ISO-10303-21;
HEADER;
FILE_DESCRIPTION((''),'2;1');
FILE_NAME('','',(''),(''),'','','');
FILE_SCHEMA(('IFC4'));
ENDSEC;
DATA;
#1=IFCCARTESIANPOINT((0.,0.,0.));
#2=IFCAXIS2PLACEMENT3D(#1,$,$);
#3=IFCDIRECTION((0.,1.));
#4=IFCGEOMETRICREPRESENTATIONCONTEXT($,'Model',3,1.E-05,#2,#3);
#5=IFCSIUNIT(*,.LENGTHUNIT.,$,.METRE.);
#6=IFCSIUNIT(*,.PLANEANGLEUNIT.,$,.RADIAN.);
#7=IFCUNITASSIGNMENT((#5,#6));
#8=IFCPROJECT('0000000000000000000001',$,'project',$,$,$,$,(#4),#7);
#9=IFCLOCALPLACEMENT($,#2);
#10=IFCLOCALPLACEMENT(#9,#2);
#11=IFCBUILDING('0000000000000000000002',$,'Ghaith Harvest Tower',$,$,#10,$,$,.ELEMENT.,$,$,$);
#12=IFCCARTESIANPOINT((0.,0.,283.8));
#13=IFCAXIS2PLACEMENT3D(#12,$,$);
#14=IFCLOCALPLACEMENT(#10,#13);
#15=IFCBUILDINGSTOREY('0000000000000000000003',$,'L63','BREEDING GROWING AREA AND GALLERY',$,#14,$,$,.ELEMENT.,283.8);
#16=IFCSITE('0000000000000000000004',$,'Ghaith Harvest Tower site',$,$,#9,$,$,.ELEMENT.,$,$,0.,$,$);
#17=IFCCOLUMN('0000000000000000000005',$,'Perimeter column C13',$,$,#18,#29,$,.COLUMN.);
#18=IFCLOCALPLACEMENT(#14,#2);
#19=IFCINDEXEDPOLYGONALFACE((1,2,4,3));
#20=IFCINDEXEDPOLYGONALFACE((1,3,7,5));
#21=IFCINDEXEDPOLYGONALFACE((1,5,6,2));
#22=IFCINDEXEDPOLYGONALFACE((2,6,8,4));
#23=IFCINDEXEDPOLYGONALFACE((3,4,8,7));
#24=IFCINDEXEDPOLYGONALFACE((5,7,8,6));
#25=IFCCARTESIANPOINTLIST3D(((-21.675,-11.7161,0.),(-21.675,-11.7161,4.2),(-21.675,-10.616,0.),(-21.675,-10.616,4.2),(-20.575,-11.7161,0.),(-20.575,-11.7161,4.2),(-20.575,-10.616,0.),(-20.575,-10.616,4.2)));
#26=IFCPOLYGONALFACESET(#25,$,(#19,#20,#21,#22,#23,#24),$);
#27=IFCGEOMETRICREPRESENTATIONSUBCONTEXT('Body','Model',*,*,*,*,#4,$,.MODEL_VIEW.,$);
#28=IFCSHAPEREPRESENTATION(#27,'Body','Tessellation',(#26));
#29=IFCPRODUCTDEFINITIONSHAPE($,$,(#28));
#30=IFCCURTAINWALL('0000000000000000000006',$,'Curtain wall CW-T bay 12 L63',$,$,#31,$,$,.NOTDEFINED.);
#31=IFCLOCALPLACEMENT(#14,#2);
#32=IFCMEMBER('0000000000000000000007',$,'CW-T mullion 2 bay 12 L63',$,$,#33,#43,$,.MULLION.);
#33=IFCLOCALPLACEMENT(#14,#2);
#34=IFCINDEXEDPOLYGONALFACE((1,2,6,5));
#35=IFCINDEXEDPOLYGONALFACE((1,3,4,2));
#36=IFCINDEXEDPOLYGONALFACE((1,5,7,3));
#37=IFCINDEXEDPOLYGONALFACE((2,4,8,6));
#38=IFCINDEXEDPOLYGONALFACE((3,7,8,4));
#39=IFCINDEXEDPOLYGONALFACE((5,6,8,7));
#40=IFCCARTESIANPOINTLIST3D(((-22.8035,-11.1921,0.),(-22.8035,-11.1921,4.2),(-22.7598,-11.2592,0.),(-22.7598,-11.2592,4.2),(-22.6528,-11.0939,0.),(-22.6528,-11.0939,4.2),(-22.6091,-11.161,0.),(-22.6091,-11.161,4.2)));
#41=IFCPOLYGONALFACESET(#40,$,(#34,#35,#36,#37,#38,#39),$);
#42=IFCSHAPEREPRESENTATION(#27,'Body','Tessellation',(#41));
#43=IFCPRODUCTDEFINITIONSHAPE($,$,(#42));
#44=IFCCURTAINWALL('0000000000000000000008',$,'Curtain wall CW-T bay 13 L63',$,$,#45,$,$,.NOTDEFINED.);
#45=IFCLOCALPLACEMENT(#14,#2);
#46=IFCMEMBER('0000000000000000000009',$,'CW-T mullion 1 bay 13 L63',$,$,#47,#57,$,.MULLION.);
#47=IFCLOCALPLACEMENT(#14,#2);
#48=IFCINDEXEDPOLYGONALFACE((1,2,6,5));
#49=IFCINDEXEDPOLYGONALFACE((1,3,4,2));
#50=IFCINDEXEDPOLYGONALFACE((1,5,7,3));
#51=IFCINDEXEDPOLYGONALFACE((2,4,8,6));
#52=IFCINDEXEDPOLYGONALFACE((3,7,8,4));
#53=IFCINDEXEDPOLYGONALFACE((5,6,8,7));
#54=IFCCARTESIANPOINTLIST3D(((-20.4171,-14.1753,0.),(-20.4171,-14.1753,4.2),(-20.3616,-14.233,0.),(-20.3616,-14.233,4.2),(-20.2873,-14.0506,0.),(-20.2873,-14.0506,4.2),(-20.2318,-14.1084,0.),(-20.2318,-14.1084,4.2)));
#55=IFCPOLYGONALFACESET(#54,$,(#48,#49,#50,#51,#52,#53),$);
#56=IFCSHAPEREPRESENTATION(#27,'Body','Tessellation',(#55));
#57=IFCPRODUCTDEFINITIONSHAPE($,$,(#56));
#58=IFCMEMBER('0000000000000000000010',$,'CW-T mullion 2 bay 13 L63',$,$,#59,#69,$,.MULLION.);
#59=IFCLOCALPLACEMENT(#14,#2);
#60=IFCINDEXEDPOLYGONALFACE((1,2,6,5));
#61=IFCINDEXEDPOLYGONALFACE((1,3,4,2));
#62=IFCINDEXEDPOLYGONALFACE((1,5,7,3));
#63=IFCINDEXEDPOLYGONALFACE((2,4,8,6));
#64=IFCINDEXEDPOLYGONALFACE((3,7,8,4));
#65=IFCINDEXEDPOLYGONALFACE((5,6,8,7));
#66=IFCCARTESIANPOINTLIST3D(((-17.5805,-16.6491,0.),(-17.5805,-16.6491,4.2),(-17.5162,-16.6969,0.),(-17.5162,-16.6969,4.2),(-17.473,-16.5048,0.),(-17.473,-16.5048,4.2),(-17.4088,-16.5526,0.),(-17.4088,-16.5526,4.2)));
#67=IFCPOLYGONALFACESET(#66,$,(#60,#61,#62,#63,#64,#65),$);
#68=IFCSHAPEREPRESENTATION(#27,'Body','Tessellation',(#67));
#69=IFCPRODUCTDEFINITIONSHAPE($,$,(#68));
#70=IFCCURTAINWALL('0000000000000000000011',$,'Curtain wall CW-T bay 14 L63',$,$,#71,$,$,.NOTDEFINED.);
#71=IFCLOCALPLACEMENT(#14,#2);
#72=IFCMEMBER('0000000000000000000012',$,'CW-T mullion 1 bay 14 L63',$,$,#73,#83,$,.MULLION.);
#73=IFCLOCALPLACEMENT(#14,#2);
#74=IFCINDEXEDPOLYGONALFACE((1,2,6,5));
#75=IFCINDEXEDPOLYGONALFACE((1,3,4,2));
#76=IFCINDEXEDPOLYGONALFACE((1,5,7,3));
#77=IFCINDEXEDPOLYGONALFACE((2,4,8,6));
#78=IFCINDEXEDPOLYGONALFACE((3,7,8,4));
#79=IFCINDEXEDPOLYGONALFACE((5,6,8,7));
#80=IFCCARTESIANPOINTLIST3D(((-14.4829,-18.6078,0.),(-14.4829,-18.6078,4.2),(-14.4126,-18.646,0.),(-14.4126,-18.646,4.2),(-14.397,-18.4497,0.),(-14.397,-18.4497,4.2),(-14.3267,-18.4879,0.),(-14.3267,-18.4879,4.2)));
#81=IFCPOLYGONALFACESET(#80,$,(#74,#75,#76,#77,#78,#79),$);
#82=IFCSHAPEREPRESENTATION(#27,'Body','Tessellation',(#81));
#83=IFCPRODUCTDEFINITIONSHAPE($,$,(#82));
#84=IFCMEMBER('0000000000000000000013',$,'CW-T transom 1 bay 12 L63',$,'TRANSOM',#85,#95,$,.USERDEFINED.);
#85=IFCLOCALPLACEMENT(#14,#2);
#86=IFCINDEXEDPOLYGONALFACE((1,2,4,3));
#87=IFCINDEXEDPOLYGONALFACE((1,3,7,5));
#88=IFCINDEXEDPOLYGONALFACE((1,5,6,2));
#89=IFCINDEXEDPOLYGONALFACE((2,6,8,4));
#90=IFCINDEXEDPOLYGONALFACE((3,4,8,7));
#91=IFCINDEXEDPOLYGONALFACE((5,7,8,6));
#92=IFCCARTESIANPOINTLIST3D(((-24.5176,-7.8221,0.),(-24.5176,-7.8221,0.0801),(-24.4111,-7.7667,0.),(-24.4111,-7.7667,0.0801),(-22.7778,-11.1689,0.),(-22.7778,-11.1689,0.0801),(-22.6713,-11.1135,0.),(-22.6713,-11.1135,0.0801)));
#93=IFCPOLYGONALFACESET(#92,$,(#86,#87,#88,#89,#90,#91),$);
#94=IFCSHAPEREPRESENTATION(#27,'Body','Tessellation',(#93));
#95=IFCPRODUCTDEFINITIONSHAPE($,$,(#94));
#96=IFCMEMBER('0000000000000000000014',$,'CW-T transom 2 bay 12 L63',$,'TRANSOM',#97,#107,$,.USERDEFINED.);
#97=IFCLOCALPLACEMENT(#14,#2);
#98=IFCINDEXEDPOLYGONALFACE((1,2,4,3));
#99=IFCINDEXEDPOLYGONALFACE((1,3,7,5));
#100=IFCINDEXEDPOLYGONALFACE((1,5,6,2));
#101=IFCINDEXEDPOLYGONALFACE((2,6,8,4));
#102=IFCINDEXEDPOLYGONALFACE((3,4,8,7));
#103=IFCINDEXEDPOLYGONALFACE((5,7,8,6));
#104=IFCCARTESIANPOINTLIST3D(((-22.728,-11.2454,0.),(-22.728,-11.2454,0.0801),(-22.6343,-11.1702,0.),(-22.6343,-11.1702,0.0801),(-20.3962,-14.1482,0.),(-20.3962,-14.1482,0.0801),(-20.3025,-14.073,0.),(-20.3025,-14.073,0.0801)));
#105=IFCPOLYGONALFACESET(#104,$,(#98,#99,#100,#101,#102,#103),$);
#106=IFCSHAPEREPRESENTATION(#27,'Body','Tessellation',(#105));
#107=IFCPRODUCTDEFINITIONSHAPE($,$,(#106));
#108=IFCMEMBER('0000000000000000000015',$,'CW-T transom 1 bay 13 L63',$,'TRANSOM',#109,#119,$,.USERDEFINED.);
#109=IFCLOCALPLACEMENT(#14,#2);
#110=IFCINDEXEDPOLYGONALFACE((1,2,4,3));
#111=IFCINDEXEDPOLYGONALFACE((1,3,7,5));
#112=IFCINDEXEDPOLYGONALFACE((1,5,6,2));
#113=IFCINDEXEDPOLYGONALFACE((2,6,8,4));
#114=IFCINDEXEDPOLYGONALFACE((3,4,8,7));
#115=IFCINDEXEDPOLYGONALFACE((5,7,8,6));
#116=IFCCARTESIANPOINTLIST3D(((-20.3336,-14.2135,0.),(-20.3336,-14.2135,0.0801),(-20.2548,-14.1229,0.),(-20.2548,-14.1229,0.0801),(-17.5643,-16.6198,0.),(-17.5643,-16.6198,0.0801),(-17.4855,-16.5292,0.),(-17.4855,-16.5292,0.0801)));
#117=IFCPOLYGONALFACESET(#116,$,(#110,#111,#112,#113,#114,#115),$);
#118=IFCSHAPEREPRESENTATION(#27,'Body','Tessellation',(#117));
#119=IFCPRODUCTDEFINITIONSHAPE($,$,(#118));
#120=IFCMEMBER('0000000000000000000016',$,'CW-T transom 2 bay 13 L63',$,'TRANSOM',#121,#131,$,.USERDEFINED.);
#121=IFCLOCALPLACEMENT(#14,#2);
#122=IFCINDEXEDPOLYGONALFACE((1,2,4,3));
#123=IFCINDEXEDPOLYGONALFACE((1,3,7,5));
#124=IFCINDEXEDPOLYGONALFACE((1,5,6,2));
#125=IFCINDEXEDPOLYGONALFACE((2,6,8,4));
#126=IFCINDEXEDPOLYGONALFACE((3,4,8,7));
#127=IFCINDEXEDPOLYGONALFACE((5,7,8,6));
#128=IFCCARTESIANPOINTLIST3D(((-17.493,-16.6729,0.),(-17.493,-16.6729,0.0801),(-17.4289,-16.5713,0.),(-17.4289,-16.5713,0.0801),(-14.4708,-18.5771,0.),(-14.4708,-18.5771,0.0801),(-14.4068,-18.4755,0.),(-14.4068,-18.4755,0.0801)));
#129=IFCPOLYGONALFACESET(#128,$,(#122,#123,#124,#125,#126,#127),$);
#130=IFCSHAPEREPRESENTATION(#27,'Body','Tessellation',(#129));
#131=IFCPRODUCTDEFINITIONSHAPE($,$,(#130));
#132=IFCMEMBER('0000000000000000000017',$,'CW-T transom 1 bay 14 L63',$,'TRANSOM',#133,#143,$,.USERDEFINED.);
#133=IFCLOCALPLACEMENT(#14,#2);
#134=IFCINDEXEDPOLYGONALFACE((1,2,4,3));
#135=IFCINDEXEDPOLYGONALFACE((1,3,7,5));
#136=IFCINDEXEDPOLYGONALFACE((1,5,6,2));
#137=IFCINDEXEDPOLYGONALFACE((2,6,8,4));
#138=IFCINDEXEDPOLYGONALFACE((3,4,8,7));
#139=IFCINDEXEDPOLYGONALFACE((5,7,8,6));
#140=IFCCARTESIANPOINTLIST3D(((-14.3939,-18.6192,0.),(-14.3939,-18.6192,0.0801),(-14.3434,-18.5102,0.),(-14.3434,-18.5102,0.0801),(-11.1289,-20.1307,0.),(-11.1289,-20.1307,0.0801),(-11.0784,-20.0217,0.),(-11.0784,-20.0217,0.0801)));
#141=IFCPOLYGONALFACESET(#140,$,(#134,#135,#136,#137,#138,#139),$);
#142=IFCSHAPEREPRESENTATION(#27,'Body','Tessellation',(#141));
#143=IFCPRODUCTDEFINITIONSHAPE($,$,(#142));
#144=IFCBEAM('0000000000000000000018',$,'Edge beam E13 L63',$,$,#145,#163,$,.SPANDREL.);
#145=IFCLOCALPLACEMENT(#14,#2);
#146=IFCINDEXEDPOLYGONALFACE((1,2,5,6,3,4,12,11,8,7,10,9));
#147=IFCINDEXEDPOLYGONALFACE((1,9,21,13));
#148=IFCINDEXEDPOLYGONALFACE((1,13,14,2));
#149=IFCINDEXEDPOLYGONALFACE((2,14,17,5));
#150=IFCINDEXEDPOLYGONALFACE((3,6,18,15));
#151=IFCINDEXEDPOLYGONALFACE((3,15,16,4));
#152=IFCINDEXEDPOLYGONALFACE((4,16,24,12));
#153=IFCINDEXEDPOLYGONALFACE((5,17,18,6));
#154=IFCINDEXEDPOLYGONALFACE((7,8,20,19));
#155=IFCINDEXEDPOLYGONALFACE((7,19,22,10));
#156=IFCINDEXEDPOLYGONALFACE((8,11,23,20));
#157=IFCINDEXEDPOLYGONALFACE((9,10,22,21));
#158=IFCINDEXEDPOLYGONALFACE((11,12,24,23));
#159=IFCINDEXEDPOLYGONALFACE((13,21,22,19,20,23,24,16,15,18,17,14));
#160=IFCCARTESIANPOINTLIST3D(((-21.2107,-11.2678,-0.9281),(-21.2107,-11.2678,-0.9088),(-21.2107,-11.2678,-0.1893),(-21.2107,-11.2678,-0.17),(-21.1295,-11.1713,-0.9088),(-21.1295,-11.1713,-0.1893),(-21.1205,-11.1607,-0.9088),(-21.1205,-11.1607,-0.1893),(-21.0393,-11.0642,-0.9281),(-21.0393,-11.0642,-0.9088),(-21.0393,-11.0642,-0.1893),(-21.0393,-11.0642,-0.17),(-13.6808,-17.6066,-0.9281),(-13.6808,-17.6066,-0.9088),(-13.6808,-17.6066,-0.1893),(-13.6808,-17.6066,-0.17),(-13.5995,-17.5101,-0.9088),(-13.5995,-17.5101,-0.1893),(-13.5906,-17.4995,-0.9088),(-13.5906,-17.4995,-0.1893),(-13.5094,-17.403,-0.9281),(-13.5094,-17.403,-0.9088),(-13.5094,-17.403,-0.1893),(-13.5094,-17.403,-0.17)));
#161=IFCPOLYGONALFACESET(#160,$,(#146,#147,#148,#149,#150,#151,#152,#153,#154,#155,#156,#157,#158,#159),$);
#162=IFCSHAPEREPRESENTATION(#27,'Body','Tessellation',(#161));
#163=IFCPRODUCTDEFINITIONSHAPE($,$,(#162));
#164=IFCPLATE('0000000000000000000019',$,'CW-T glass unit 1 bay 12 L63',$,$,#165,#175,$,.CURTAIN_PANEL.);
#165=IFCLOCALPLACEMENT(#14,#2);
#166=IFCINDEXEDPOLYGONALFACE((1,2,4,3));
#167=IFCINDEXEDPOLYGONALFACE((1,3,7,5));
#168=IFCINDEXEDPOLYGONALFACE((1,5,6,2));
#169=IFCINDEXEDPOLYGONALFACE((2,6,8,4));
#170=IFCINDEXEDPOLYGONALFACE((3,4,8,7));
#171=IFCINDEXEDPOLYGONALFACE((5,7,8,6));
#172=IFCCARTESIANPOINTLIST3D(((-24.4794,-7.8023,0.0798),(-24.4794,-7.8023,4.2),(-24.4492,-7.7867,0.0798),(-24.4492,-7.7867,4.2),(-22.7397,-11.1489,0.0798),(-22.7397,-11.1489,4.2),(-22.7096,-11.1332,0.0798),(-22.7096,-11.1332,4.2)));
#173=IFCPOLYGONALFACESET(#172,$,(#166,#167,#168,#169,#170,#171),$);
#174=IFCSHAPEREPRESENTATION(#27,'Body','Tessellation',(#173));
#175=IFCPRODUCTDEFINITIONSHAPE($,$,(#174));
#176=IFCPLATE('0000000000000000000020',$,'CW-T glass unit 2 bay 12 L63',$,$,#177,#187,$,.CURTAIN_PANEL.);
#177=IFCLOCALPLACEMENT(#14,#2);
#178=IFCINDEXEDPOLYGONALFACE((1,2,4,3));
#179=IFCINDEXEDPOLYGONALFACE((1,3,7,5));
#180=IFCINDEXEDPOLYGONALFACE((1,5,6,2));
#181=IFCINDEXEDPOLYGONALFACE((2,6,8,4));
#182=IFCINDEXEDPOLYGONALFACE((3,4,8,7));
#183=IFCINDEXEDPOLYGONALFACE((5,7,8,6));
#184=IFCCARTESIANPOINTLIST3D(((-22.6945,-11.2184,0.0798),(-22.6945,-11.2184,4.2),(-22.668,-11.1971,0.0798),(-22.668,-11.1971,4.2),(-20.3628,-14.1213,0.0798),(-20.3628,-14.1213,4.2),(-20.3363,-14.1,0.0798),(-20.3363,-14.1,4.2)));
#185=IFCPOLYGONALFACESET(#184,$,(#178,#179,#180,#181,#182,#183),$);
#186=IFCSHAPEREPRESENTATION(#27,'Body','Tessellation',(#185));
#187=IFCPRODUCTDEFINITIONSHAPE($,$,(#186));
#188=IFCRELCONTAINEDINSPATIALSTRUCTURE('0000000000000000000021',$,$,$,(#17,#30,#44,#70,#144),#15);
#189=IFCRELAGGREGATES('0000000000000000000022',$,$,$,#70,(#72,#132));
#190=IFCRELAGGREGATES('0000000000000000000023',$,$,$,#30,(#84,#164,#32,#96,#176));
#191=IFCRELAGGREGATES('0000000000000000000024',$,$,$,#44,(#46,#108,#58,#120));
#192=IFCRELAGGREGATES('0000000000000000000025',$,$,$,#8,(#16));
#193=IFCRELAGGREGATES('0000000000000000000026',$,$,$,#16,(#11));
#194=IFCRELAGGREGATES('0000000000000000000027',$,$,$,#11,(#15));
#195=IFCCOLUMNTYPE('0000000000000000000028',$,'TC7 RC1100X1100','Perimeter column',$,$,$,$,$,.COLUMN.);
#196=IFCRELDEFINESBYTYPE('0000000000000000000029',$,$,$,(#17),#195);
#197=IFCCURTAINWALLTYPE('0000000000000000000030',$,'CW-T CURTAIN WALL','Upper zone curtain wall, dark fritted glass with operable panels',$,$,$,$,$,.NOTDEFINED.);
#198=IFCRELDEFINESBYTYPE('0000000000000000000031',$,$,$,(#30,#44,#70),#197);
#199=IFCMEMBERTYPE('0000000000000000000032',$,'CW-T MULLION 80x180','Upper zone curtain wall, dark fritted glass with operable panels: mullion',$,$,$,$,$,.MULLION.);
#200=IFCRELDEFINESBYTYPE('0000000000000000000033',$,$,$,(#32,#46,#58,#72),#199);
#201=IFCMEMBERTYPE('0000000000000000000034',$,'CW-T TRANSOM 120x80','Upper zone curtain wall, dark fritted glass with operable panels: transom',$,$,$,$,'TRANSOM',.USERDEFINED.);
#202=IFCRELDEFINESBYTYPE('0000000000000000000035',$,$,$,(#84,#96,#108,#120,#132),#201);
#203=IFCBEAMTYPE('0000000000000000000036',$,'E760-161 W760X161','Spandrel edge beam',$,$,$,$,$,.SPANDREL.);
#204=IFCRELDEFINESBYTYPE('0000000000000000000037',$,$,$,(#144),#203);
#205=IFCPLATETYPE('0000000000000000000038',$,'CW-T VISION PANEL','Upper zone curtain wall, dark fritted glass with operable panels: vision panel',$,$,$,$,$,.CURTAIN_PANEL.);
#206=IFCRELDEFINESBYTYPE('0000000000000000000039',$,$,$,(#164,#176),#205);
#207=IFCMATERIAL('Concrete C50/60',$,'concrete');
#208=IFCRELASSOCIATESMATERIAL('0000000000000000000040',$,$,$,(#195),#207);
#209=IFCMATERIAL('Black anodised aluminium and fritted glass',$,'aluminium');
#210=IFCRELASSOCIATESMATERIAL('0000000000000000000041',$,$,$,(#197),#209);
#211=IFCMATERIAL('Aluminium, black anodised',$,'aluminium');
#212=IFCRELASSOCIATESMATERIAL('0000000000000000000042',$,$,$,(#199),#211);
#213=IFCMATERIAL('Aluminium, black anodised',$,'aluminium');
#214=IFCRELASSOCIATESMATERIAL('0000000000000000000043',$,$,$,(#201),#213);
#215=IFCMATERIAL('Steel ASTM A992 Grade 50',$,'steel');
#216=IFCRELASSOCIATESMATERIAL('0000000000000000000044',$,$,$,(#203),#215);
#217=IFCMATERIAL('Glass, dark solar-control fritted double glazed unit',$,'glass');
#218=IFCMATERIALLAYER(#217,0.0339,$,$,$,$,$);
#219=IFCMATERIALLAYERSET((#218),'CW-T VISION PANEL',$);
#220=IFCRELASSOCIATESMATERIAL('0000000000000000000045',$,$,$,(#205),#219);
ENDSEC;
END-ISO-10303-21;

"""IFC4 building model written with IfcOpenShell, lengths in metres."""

from ifc_helpers import new_model, si_unit, direction, frame, origin, origin_2d, place, context, subcontext, project, spatial, rectangle, i_section, extrude, material, layer, layer_set, material_profile, profile_set, type_object, element, aggregate, save


model = new_model("IFC4")

# Units and contexts
model_context = context("Model", 3, precision=1e-05, world=origin(), true_north=direction((0.0, 1.0)))
body_context = subcontext(model_context, "Body", "Model", "MODEL_VIEW")
ifc_project = project(units=[si_unit("LENGTHUNIT", "METRE"), si_unit("PLANEANGLEUNIT", "RADIAN")], contexts=[model_context])

# Site, building, storey
site_placement = place(None, origin())
site = spatial("IfcSite", under=ifc_project, at=site_placement, Name="Ghaith Harvest Tower site", CompositionType="ELEMENT", RefElevation=0.0)
building_placement = place(site_placement, origin())
building = spatial("IfcBuilding", under=site, at=building_placement, Name="Ghaith Harvest Tower", CompositionType="ELEMENT")
storey_placement = place(building_placement, frame((0.0, 0.0, 283.8)))
storey = spatial("IfcBuildingStorey", under=building, at=storey_placement, Name="L63", Description="BREEDING GROWING AREA AND GALLERY", CompositionType="ELEMENT", Elevation=283.8)

# Column
ifc_material_1 = material(Name="Concrete C50/60", Category="concrete")
ifc_material_profile_1 = material_profile(ifc_material_1, rectangle(XDim=1.1001, YDim=1.1001, at=origin_2d()), Name="RC1100X1100")
ifc_profile_set_1 = profile_set([ifc_material_profile_1], Name="Concrete C50/60")
column_type = type_object("IfcColumnType", Name="TC7 RC1100X1100", Description="Perimeter column", PredefinedType="COLUMN", material=ifc_profile_set_1)
column_placement = place(storey_placement, frame((-21.125, -11.166, 0.0), z_axis=(0.0, 0.0, 1.0), x_axis=(1.0, 0.0, 0.0)))
element("IfcColumn", 1, at=column_placement, inside=storey, type_object=column_type, Name="Perimeter column C13", PredefinedType="COLUMN", context=body_context, shape_type="SweptSolid", body=[
    extrude(rectangle(XDim=1.1001, YDim=1.1001, at=origin_2d()), origin(), (0.0, 0.0, 1.0), 4.2),
])

# Curtain wall, member
ifc_material_2 = material(Name="Black anodised aluminium and fritted glass", Category="aluminium")
curtain_wall_type = type_object("IfcCurtainWallType", Name="CW-T CURTAIN WALL", Description="Upper zone curtain wall, dark fritted glass with operable panels", PredefinedType="NOTDEFINED", material=ifc_material_2)
curtain_wall_1_placement = place(storey_placement, origin())
curtain_wall_1 = element("IfcCurtainWall", 2, at=curtain_wall_1_placement, inside=storey, type_object=curtain_wall_type, Name="Curtain wall CW-T bay 12 L63", PredefinedType="NOTDEFINED")
ifc_material_3 = material(Name="Aluminium, black anodised", Category="aluminium")
ifc_material_profile_2 = material_profile(ifc_material_3, rectangle(XDim=0.0801, YDim=0.1799, at=origin_2d()), Name="CW-T MULLION 80x180")
ifc_profile_set_2 = profile_set([ifc_material_profile_2], Name="Aluminium, black anodised")
member_type_1 = type_object("IfcMemberType", Name="CW-T MULLION 80x180", Description="Upper zone curtain wall, dark fritted glass with operable panels: mullion", PredefinedType="MULLION", material=ifc_profile_set_2)
member_1_placement = place(storey_placement, frame((-22.7063, -11.1765, 0.0), z_axis=(0.0, 0.0, 1.0), x_axis=(0.545865, -0.837873, 0.0)))
member_1 = element("IfcMember", 3, at=member_1_placement, type_object=member_type_1, Name="CW-T mullion 2 bay 12 L63", PredefinedType="MULLION", context=body_context, shape_type="SweptSolid", body=[
    extrude(rectangle(XDim=0.0801, YDim=0.1799, at=origin_2d()), origin(), (0.0, 0.0, 1.0), 4.2),
])

# Curtain wall, members
curtain_wall_2_placement = place(storey_placement, origin())
curtain_wall_2 = element("IfcCurtainWall", 4, at=curtain_wall_2_placement, inside=storey, type_object=curtain_wall_type, Name="Curtain wall CW-T bay 13 L63", PredefinedType="NOTDEFINED")
member_2_placement = place(storey_placement, frame((-20.3245, -14.1418, 0.0), z_axis=(0.0, 0.0, 1.0), x_axis=(0.692826, -0.721104, 0.0)))
member_2 = element("IfcMember", 5, at=member_2_placement, type_object=member_type_1, Name="CW-T mullion 1 bay 13 L63", PredefinedType="MULLION", context=body_context, shape_type="SweptSolid", body=[
    extrude(rectangle(XDim=0.0801, YDim=0.1799, at=origin_2d()), origin(), (0.0, 0.0, 1.0), 4.2),
])
member_3_placement = place(storey_placement, frame((-17.4946, -16.6008, 0.0), z_axis=(0.0, 0.0, 1.0), x_axis=(0.80219, -0.597069, 0.0)))
member_3 = element("IfcMember", 6, at=member_3_placement, type_object=member_type_1, Name="CW-T mullion 2 bay 13 L63", PredefinedType="MULLION", context=body_context, shape_type="SweptSolid", body=[
    extrude(rectangle(XDim=0.0801, YDim=0.1799, at=origin_2d()), origin(), (0.0, 0.0, 1.0), 4.2),
])

# Curtain wall, member
curtain_wall_3_placement = place(storey_placement, origin())
curtain_wall_3 = element("IfcCurtainWall", 7, at=curtain_wall_3_placement, inside=storey, type_object=curtain_wall_type, Name="Curtain wall CW-T bay 14 L63", PredefinedType="NOTDEFINED")
member_4_placement = place(storey_placement, frame((-14.4048, -18.5479, 0.0), z_axis=(0.0, 0.0, 1.0), x_axis=(0.878672, -0.477426, 0.0)))
member_4 = element("IfcMember", 8, at=member_4_placement, type_object=member_type_1, Name="CW-T mullion 1 bay 14 L63", PredefinedType="MULLION", context=body_context, shape_type="SweptSolid", body=[
    extrude(rectangle(XDim=0.0801, YDim=0.1799, at=origin_2d()), origin(), (0.0, 0.0, 1.0), 4.2),
])

# Members
ifc_material_4 = material(Name="Aluminium, black anodised", Category="aluminium")
ifc_material_profile_3 = material_profile(ifc_material_4, rectangle(XDim=0.1201, YDim=0.0801, at=origin_2d()), Name="CW-T TRANSOM 120x80")
ifc_profile_set_3 = profile_set([ifc_material_profile_3], Name="Aluminium, black anodised")
member_type_2 = type_object("IfcMemberType", Name="CW-T TRANSOM 120x80", Description="Upper zone curtain wall, dark fritted glass with operable panels: transom", ElementType="TRANSOM", PredefinedType="USERDEFINED", material=ifc_profile_set_3)
member_5_placement = place(storey_placement, frame((-24.4644, -7.7944, 0.04), z_axis=(0.461243, -0.887274, 0.0), x_axis=(0.887274, 0.461243, 0.0)))
member_5 = element("IfcMember", 9, at=member_5_placement, type_object=member_type_2, Name="CW-T transom 1 bay 12 L63", ObjectType="TRANSOM", PredefinedType="USERDEFINED", context=body_context, shape_type="SweptSolid", body=[
    extrude(rectangle(XDim=0.1201, YDim=0.0801, at=origin_2d()), origin(), (0.0, 0.0, 1.0), 3.772),
])
member_6_placement = place(storey_placement, frame((-22.6812, -11.2078, 0.04), z_axis=(0.626253, -0.77962, 0.0), x_axis=(0.77962, 0.626253, 0.0)))
member_6 = element("IfcMember", 10, at=member_6_placement, type_object=member_type_2, Name="CW-T transom 2 bay 12 L63", ObjectType="TRANSOM", PredefinedType="USERDEFINED", context=body_context, shape_type="SweptSolid", body=[
    extrude(rectangle(XDim=0.1201, YDim=0.0801, at=origin_2d()), origin(), (0.0, 0.0, 1.0), 3.7234),
])
member_7_placement = place(storey_placement, frame((-20.2942, -14.1682, 0.04), z_axis=(0.754852, -0.655895, 0.0), x_axis=(0.655895, 0.754852, 0.0)))
member_7 = element("IfcMember", 11, at=member_7_placement, type_object=member_type_2, Name="CW-T transom 1 bay 13 L63", ObjectType="TRANSOM", PredefinedType="USERDEFINED", context=body_context, shape_type="SweptSolid", body=[
    extrude(rectangle(XDim=0.1201, YDim=0.0801, at=origin_2d()), origin(), (0.0, 0.0, 1.0), 3.6687),
])
member_8_placement = place(storey_placement, frame((-17.4609, -16.6221, 0.04), z_axis=(0.846054, -0.533098, 0.0), x_axis=(0.533098, 0.846054, 0.0)))
member_8 = element("IfcMember", 12, at=member_8_placement, type_object=member_type_2, Name="CW-T transom 2 bay 13 L63", ObjectType="TRANSOM", PredefinedType="USERDEFINED", context=body_context, shape_type="SweptSolid", body=[
    extrude(rectangle(XDim=0.1201, YDim=0.0801, at=origin_2d()), origin(), (0.0, 0.0, 1.0), 3.572),
])
member_9_placement = place(storey_placement, frame((-14.3687, -18.5647, 0.04), z_axis=(0.907472, -0.420112, 0.0), x_axis=(0.420112, 0.907472, 0.0)))
member_9 = element("IfcMember", 13, at=member_9_placement, type_object=member_type_2, Name="CW-T transom 1 bay 14 L63", ObjectType="TRANSOM", PredefinedType="USERDEFINED", context=body_context, shape_type="SweptSolid", body=[
    extrude(rectangle(XDim=0.1201, YDim=0.0801, at=origin_2d()), origin(), (0.0, 0.0, 1.0), 3.5979),
])
aggregate(curtain_wall_3, [member_4, member_9])

# Beam
ifc_material_5 = material(Name="Steel ASTM A992 Grade 50", Category="steel")
ifc_material_profile_4 = material_profile(ifc_material_5, i_section(OverallWidth=0.2661, OverallDepth=0.7581, WebThickness=0.0139, FlangeThickness=0.0193, at=origin_2d()), Name="W760X161")
ifc_profile_set_4 = profile_set([ifc_material_profile_4], Name="Steel ASTM A992 Grade 50")
beam_type = type_object("IfcBeamType", Name="E760-161 W760X161", Description="Spandrel edge beam", PredefinedType="SPANDREL", material=ifc_profile_set_4)
beam_placement = place(storey_placement, frame((-21.125, -11.166, -0.5491), z_axis=(0.765022, -0.644004, 0.0), x_axis=(0.644004, 0.765022, 0.0)))
element("IfcBeam", 14, at=beam_placement, inside=storey, type_object=beam_type, Name="Edge beam E13 L63", PredefinedType="SPANDREL", context=body_context, shape_type="SweptSolid", body=[
    extrude(i_section(OverallWidth=0.2661, OverallDepth=0.7581, WebThickness=0.0139, FlangeThickness=0.0193, at=origin_2d()), origin(), (0.0, 0.0, 1.0), 9.8428),
])

# Plates
ifc_material_6 = material(Name="Glass, dark solar-control fritted double glazed unit", Category="glass")
ifc_layer_1 = layer(ifc_material_6, 0.0339)
ifc_layer_set_1 = layer_set([ifc_layer_1], Name="CW-T VISION PANEL")
plate_type_1 = type_object("IfcPlateType", Name="CW-T VISION PANEL", Description="Upper zone curtain wall, dark fritted glass with operable panels: vision panel", PredefinedType="CURTAIN_PANEL", material=ifc_layer_set_1)
plate_1_placement = place(storey_placement, frame((-23.5945, -9.4678, 0.0798), z_axis=(0.0, 0.0, 1.0), x_axis=(0.46123, -0.887281, 0.0)))
plate_1 = element("IfcPlate", 15, at=plate_1_placement, type_object=plate_type_1, Name="CW-T glass unit 1 bay 12 L63", PredefinedType="CURTAIN_PANEL", context=body_context, shape_type="SweptSolid", body=[
    extrude(rectangle(XDim=3.7717, YDim=0.0339, at=origin_2d()), origin(), (0.0, 0.0, 1.0), 4.1201),
])
plate_2_placement = place(storey_placement, frame((-21.5154, -12.6592, 0.0798), z_axis=(0.0, 0.0, 1.0), x_axis=(0.62623, -0.779639, 0.0)))
plate_2 = element("IfcPlate", 16, at=plate_2_placement, type_object=plate_type_1, Name="CW-T glass unit 2 bay 12 L63", PredefinedType="CURTAIN_PANEL", context=body_context, shape_type="SweptSolid", body=[
    extrude(rectangle(XDim=3.7234, YDim=0.0339, at=origin_2d()), origin(), (0.0, 0.0, 1.0), 4.1201),
])
aggregate(curtain_wall_1, [member_5, plate_1, member_1, member_6, plate_2])
aggregate(curtain_wall_2, [member_2, member_7, member_3, member_8])

save(model, "model.ifc")
